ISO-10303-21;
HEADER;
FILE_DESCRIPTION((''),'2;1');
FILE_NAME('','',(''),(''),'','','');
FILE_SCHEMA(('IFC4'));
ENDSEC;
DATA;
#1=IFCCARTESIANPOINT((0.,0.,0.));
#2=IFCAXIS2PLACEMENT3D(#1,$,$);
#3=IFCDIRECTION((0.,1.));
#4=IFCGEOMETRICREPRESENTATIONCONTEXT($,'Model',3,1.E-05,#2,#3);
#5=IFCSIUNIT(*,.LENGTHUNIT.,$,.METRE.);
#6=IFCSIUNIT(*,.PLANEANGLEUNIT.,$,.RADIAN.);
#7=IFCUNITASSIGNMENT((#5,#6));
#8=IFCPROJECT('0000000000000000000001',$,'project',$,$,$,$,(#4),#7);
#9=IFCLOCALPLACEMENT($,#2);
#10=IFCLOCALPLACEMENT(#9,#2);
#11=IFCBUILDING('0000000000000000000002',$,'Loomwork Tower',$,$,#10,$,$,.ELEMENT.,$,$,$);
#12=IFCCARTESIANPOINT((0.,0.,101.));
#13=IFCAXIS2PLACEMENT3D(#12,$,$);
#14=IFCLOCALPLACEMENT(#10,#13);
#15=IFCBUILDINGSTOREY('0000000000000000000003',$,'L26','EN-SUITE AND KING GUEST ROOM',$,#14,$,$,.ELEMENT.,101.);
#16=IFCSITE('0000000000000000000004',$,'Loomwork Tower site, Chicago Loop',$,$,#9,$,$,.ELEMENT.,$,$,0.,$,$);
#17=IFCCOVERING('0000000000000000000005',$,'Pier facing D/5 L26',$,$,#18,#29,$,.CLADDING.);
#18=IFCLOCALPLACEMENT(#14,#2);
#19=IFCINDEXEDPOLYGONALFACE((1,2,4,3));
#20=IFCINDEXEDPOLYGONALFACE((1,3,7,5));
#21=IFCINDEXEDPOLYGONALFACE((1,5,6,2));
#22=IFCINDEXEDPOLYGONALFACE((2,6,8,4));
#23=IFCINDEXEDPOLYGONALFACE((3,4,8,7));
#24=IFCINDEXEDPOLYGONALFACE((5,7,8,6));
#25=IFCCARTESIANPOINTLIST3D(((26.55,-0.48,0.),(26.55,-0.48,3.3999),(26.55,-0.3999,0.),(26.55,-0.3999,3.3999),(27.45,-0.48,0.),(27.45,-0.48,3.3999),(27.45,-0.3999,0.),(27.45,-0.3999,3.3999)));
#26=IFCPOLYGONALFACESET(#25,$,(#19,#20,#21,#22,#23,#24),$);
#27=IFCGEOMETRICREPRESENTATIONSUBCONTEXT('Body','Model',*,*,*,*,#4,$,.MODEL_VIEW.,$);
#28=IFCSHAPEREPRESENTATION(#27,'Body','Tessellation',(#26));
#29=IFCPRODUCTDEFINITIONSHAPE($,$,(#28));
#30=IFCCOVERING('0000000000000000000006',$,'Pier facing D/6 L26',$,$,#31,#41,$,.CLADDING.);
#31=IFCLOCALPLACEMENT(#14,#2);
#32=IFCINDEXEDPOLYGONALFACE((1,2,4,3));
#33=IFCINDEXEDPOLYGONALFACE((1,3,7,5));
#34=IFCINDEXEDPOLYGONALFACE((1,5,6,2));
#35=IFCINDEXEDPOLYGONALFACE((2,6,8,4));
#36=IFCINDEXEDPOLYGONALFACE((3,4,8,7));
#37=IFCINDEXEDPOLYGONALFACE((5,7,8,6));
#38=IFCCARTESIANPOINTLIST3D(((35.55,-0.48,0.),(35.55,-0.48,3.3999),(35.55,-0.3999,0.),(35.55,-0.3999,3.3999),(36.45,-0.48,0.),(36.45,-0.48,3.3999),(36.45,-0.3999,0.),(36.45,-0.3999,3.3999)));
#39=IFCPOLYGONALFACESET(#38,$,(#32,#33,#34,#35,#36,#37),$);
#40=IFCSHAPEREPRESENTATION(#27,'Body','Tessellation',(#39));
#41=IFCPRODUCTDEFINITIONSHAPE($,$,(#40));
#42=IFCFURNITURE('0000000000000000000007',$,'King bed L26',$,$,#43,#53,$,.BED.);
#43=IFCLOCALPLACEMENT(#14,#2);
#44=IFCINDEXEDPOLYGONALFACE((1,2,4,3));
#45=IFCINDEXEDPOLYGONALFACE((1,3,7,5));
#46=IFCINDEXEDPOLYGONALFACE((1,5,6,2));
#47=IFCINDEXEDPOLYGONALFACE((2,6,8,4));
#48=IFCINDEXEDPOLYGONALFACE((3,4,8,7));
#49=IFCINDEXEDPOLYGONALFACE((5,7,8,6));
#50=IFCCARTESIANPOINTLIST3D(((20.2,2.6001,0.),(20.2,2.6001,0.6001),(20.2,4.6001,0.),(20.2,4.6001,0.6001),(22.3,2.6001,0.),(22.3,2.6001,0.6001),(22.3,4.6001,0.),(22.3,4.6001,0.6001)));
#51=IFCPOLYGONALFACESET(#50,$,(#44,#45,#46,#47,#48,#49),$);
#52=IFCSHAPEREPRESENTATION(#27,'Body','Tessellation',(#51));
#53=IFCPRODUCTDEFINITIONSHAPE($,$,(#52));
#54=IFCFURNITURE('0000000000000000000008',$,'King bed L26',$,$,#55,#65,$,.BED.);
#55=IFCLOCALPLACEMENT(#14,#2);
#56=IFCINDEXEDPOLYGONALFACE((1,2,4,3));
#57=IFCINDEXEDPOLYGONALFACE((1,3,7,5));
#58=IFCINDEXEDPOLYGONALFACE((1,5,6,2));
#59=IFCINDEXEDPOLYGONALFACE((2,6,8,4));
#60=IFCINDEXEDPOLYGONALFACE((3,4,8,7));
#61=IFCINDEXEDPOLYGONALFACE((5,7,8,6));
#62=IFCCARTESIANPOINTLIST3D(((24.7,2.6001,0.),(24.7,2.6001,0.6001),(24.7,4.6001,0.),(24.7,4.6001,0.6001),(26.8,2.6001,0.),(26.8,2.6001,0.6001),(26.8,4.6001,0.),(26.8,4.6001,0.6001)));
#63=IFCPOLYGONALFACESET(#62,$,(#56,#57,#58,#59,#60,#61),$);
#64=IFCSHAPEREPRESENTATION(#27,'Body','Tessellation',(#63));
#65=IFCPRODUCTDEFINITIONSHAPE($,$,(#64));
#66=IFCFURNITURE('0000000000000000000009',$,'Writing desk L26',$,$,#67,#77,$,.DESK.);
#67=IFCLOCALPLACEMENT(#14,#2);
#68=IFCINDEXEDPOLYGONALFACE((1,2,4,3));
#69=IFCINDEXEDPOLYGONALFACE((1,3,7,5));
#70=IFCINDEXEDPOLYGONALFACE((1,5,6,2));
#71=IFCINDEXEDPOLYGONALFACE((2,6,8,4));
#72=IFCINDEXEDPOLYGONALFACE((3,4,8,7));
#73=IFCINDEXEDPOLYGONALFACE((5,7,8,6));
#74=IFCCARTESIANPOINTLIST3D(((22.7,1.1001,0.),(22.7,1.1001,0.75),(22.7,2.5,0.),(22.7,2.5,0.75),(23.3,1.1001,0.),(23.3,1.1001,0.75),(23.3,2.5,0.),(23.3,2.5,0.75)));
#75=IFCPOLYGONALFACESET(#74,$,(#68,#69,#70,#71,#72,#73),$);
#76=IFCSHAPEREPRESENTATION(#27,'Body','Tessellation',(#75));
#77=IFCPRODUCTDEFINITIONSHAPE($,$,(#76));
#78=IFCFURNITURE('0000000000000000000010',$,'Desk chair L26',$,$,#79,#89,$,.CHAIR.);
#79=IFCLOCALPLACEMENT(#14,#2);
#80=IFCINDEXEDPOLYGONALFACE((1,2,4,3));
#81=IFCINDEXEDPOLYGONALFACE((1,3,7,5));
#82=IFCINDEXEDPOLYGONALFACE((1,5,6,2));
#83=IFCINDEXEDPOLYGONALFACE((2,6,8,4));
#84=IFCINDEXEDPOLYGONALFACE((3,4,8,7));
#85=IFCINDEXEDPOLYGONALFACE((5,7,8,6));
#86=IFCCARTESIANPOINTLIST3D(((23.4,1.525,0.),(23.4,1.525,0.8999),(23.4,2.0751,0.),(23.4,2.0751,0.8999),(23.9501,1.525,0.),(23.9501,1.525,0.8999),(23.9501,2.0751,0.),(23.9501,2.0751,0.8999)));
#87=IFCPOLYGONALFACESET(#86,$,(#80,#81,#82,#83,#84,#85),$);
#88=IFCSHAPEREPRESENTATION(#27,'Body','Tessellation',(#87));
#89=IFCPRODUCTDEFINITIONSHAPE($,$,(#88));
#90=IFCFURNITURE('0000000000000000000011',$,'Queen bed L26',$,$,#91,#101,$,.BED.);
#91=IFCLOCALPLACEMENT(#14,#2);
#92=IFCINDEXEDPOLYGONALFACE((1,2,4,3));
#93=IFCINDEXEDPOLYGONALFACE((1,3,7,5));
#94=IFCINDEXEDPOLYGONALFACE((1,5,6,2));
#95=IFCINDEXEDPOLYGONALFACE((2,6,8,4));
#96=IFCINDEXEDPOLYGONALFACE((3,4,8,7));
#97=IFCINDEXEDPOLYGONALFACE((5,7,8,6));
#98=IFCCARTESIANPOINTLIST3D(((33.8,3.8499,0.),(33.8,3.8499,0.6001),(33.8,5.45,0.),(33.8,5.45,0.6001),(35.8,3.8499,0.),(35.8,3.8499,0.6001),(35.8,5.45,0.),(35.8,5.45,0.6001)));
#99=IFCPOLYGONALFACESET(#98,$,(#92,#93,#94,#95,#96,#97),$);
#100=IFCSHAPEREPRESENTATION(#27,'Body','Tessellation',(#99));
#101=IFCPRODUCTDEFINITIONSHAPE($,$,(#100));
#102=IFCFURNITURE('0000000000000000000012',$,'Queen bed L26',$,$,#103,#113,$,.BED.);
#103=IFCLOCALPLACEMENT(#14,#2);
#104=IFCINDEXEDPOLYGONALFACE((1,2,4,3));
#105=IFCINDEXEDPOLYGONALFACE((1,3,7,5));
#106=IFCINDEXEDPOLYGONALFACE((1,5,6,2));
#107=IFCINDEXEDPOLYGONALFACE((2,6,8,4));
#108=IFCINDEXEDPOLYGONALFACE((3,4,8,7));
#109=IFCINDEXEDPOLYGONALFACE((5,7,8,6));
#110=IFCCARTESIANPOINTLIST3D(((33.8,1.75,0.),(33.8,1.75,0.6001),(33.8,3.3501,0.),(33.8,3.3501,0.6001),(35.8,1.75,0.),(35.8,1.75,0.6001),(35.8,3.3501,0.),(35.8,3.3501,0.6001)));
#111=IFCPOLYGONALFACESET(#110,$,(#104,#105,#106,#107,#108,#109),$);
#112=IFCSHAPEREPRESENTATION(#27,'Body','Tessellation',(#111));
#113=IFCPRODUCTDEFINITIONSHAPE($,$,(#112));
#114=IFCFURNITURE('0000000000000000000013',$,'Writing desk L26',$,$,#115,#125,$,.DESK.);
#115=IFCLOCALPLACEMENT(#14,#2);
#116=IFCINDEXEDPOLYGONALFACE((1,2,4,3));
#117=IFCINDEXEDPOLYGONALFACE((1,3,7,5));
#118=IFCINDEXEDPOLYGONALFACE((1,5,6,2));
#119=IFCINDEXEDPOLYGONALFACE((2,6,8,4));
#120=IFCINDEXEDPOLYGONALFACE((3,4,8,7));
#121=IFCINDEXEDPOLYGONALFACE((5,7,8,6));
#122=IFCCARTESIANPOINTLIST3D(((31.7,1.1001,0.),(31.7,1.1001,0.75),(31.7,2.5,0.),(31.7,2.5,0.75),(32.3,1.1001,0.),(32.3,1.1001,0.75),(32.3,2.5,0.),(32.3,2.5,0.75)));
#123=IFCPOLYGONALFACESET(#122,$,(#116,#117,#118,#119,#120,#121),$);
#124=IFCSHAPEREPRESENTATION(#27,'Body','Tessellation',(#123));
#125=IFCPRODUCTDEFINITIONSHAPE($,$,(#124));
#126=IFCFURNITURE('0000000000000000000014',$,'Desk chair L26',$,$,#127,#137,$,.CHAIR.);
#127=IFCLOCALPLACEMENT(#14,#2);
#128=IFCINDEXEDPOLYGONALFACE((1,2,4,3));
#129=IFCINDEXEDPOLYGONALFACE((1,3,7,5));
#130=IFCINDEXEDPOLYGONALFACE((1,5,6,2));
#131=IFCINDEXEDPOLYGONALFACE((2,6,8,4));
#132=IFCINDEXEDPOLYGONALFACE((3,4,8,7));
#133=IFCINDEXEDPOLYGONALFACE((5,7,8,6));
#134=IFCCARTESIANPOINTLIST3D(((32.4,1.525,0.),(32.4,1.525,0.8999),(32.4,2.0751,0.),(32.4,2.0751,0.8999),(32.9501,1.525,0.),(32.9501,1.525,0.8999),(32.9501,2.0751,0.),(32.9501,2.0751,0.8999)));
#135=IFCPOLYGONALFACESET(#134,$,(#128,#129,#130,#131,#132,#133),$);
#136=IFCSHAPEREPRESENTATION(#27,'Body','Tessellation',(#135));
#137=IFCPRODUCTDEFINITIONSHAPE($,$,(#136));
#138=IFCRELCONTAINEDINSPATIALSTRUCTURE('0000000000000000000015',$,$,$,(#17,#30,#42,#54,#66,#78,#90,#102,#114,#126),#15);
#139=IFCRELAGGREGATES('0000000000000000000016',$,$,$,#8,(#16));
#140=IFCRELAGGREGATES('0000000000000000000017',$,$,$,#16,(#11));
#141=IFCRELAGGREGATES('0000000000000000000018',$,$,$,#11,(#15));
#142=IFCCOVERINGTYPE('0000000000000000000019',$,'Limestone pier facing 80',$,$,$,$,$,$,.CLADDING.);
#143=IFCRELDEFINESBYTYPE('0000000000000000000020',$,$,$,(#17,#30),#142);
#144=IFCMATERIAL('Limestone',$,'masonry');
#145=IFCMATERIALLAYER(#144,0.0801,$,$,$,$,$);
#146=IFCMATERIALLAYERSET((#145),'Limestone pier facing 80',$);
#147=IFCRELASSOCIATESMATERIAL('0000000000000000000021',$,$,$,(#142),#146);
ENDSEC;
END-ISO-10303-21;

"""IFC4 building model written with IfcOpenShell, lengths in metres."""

from ifc_helpers import new_model, si_unit, direction, frame, origin, origin_2d, place, context, subcontext, project, spatial, rectangle, extrude, material, layer, layer_set, type_object, element, save


model = new_model("IFC4")

# Units and contexts
model_context = context("Model", 3, precision=1e-05, world=origin(), true_north=direction((0.0, 1.0)))
body_context = subcontext(model_context, "Body", "Model", "MODEL_VIEW")
ifc_project = project(units=[si_unit("LENGTHUNIT", "METRE"), si_unit("PLANEANGLEUNIT", "RADIAN")], contexts=[model_context])

# Site, building, storey
site_placement = place(None, origin())
site = spatial("IfcSite", under=ifc_project, at=site_placement, Name="Loomwork Tower site, Chicago Loop", CompositionType="ELEMENT", RefElevation=0.0)
building_placement = place(site_placement, origin())
building = spatial("IfcBuilding", under=site, at=building_placement, Name="Loomwork Tower", CompositionType="ELEMENT")
storey_placement = place(building_placement, frame((0.0, 0.0, 101.0)))
storey = spatial("IfcBuildingStorey", under=building, at=storey_placement, Name="L26", Description="EN-SUITE AND KING GUEST ROOM", CompositionType="ELEMENT", Elevation=101.0)

# Coverings
ifc_material_1 = material(Name="Limestone", Category="masonry")
ifc_layer_1 = layer(ifc_material_1, 0.0801)
ifc_layer_set_1 = layer_set([ifc_layer_1], Name="Limestone pier facing 80")
covering_type = type_object("IfcCoveringType", Name="Limestone pier facing 80", PredefinedType="CLADDING", material=ifc_layer_set_1)
for number, where, z_axis, x_axis, name in (
    (1, (27.0, -0.4399, 0.0), (0.0, 0.0, 1.0), (1.0, 0.0, 0.0), "Pier facing D/5 L26"),
    (2, (36.0, -0.4399, 0.0), (0.0, 0.0, 1.0), (1.0, 0.0, 0.0), "Pier facing D/6 L26"),
):
    element("IfcCovering", number, at=place(storey_placement, frame(where, z_axis=z_axis, x_axis=x_axis)), inside=storey, type_object=covering_type, Name=name, PredefinedType="CLADDING", context=body_context, shape_type="SweptSolid", body=[
        extrude(rectangle(XDim=0.8999, YDim=0.0801, at=origin_2d()), origin(), (0.0, 0.0, 1.0), 3.3999),
    ])

# Furniture
for number, where, z_axis, x_axis, name in (
    (3, (21.25, 3.6001, 0.0), (0.0, 0.0, 1.0), (1.0, 0.0, 0.0), "King bed L26"),
    (4, (25.75, 3.6001, 0.0), (0.0, 0.0, 1.0), (1.0, 0.0, 0.0), "King bed L26"),
):
    element("IfcFurniture", number, at=place(storey_placement, frame(where, z_axis=z_axis, x_axis=x_axis)), inside=storey, Name=name, PredefinedType="BED", context=body_context, shape_type="SweptSolid", body=[
        extrude(rectangle(XDim=2.1001, YDim=2.0, at=origin_2d()), origin(), (0.0, 0.0, 1.0), 0.6001),
    ])
furniture_1_placement = place(storey_placement, frame((23.0, 1.8, 0.0), z_axis=(0.0, 0.0, 1.0), x_axis=(1.0, 0.0, 0.0)))
element("IfcFurniture", 5, at=furniture_1_placement, inside=storey, Name="Writing desk L26", PredefinedType="DESK", context=body_context, shape_type="SweptSolid", body=[
    extrude(rectangle(XDim=0.6001, YDim=1.3999, at=origin_2d()), origin(), (0.0, 0.0, 1.0), 0.75),
])
furniture_2_placement = place(storey_placement, frame((23.675, 1.8, 0.0), z_axis=(0.0, 0.0, 1.0), x_axis=(1.0, 0.0, 0.0)))
element("IfcFurniture", 6, at=furniture_2_placement, inside=storey, Name="Desk chair L26", PredefinedType="CHAIR", context=body_context, shape_type="SweptSolid", body=[
    extrude(rectangle(XDim=0.55, YDim=0.55, at=origin_2d()), origin(), (0.0, 0.0, 1.0), 0.8999),
])
for number, where, z_axis, x_axis, name in (
    (7, (34.8, 4.6499, 0.0), (0.0, 0.0, 1.0), (1.0, 0.0, 0.0), "Queen bed L26"),
    (8, (34.8, 2.55, 0.0), (0.0, 0.0, 1.0), (1.0, 0.0, 0.0), "Queen bed L26"),
):
    element("IfcFurniture", number, at=place(storey_placement, frame(where, z_axis=z_axis, x_axis=x_axis)), inside=storey, Name=name, PredefinedType="BED", context=body_context, shape_type="SweptSolid", body=[
        extrude(rectangle(XDim=2.0, YDim=1.6001, at=origin_2d()), origin(), (0.0, 0.0, 1.0), 0.6001),
    ])
furniture_3_placement = place(storey_placement, frame((32.0, 1.8, 0.0), z_axis=(0.0, 0.0, 1.0), x_axis=(1.0, 0.0, 0.0)))
element("IfcFurniture", 9, at=furniture_3_placement, inside=storey, Name="Writing desk L26", PredefinedType="DESK", context=body_context, shape_type="SweptSolid", body=[
    extrude(rectangle(XDim=0.6001, YDim=1.3999, at=origin_2d()), origin(), (0.0, 0.0, 1.0), 0.75),
])
furniture_4_placement = place(storey_placement, frame((32.675, 1.8, 0.0), z_axis=(0.0, 0.0, 1.0), x_axis=(1.0, 0.0, 0.0)))
element("IfcFurniture", 10, at=furniture_4_placement, inside=storey, Name="Desk chair L26", PredefinedType="CHAIR", context=body_context, shape_type="SweptSolid", body=[
    extrude(rectangle(XDim=0.55, YDim=0.55, at=origin_2d()), origin(), (0.0, 0.0, 1.0), 0.8999),
])

save(model, "model.ifc")
